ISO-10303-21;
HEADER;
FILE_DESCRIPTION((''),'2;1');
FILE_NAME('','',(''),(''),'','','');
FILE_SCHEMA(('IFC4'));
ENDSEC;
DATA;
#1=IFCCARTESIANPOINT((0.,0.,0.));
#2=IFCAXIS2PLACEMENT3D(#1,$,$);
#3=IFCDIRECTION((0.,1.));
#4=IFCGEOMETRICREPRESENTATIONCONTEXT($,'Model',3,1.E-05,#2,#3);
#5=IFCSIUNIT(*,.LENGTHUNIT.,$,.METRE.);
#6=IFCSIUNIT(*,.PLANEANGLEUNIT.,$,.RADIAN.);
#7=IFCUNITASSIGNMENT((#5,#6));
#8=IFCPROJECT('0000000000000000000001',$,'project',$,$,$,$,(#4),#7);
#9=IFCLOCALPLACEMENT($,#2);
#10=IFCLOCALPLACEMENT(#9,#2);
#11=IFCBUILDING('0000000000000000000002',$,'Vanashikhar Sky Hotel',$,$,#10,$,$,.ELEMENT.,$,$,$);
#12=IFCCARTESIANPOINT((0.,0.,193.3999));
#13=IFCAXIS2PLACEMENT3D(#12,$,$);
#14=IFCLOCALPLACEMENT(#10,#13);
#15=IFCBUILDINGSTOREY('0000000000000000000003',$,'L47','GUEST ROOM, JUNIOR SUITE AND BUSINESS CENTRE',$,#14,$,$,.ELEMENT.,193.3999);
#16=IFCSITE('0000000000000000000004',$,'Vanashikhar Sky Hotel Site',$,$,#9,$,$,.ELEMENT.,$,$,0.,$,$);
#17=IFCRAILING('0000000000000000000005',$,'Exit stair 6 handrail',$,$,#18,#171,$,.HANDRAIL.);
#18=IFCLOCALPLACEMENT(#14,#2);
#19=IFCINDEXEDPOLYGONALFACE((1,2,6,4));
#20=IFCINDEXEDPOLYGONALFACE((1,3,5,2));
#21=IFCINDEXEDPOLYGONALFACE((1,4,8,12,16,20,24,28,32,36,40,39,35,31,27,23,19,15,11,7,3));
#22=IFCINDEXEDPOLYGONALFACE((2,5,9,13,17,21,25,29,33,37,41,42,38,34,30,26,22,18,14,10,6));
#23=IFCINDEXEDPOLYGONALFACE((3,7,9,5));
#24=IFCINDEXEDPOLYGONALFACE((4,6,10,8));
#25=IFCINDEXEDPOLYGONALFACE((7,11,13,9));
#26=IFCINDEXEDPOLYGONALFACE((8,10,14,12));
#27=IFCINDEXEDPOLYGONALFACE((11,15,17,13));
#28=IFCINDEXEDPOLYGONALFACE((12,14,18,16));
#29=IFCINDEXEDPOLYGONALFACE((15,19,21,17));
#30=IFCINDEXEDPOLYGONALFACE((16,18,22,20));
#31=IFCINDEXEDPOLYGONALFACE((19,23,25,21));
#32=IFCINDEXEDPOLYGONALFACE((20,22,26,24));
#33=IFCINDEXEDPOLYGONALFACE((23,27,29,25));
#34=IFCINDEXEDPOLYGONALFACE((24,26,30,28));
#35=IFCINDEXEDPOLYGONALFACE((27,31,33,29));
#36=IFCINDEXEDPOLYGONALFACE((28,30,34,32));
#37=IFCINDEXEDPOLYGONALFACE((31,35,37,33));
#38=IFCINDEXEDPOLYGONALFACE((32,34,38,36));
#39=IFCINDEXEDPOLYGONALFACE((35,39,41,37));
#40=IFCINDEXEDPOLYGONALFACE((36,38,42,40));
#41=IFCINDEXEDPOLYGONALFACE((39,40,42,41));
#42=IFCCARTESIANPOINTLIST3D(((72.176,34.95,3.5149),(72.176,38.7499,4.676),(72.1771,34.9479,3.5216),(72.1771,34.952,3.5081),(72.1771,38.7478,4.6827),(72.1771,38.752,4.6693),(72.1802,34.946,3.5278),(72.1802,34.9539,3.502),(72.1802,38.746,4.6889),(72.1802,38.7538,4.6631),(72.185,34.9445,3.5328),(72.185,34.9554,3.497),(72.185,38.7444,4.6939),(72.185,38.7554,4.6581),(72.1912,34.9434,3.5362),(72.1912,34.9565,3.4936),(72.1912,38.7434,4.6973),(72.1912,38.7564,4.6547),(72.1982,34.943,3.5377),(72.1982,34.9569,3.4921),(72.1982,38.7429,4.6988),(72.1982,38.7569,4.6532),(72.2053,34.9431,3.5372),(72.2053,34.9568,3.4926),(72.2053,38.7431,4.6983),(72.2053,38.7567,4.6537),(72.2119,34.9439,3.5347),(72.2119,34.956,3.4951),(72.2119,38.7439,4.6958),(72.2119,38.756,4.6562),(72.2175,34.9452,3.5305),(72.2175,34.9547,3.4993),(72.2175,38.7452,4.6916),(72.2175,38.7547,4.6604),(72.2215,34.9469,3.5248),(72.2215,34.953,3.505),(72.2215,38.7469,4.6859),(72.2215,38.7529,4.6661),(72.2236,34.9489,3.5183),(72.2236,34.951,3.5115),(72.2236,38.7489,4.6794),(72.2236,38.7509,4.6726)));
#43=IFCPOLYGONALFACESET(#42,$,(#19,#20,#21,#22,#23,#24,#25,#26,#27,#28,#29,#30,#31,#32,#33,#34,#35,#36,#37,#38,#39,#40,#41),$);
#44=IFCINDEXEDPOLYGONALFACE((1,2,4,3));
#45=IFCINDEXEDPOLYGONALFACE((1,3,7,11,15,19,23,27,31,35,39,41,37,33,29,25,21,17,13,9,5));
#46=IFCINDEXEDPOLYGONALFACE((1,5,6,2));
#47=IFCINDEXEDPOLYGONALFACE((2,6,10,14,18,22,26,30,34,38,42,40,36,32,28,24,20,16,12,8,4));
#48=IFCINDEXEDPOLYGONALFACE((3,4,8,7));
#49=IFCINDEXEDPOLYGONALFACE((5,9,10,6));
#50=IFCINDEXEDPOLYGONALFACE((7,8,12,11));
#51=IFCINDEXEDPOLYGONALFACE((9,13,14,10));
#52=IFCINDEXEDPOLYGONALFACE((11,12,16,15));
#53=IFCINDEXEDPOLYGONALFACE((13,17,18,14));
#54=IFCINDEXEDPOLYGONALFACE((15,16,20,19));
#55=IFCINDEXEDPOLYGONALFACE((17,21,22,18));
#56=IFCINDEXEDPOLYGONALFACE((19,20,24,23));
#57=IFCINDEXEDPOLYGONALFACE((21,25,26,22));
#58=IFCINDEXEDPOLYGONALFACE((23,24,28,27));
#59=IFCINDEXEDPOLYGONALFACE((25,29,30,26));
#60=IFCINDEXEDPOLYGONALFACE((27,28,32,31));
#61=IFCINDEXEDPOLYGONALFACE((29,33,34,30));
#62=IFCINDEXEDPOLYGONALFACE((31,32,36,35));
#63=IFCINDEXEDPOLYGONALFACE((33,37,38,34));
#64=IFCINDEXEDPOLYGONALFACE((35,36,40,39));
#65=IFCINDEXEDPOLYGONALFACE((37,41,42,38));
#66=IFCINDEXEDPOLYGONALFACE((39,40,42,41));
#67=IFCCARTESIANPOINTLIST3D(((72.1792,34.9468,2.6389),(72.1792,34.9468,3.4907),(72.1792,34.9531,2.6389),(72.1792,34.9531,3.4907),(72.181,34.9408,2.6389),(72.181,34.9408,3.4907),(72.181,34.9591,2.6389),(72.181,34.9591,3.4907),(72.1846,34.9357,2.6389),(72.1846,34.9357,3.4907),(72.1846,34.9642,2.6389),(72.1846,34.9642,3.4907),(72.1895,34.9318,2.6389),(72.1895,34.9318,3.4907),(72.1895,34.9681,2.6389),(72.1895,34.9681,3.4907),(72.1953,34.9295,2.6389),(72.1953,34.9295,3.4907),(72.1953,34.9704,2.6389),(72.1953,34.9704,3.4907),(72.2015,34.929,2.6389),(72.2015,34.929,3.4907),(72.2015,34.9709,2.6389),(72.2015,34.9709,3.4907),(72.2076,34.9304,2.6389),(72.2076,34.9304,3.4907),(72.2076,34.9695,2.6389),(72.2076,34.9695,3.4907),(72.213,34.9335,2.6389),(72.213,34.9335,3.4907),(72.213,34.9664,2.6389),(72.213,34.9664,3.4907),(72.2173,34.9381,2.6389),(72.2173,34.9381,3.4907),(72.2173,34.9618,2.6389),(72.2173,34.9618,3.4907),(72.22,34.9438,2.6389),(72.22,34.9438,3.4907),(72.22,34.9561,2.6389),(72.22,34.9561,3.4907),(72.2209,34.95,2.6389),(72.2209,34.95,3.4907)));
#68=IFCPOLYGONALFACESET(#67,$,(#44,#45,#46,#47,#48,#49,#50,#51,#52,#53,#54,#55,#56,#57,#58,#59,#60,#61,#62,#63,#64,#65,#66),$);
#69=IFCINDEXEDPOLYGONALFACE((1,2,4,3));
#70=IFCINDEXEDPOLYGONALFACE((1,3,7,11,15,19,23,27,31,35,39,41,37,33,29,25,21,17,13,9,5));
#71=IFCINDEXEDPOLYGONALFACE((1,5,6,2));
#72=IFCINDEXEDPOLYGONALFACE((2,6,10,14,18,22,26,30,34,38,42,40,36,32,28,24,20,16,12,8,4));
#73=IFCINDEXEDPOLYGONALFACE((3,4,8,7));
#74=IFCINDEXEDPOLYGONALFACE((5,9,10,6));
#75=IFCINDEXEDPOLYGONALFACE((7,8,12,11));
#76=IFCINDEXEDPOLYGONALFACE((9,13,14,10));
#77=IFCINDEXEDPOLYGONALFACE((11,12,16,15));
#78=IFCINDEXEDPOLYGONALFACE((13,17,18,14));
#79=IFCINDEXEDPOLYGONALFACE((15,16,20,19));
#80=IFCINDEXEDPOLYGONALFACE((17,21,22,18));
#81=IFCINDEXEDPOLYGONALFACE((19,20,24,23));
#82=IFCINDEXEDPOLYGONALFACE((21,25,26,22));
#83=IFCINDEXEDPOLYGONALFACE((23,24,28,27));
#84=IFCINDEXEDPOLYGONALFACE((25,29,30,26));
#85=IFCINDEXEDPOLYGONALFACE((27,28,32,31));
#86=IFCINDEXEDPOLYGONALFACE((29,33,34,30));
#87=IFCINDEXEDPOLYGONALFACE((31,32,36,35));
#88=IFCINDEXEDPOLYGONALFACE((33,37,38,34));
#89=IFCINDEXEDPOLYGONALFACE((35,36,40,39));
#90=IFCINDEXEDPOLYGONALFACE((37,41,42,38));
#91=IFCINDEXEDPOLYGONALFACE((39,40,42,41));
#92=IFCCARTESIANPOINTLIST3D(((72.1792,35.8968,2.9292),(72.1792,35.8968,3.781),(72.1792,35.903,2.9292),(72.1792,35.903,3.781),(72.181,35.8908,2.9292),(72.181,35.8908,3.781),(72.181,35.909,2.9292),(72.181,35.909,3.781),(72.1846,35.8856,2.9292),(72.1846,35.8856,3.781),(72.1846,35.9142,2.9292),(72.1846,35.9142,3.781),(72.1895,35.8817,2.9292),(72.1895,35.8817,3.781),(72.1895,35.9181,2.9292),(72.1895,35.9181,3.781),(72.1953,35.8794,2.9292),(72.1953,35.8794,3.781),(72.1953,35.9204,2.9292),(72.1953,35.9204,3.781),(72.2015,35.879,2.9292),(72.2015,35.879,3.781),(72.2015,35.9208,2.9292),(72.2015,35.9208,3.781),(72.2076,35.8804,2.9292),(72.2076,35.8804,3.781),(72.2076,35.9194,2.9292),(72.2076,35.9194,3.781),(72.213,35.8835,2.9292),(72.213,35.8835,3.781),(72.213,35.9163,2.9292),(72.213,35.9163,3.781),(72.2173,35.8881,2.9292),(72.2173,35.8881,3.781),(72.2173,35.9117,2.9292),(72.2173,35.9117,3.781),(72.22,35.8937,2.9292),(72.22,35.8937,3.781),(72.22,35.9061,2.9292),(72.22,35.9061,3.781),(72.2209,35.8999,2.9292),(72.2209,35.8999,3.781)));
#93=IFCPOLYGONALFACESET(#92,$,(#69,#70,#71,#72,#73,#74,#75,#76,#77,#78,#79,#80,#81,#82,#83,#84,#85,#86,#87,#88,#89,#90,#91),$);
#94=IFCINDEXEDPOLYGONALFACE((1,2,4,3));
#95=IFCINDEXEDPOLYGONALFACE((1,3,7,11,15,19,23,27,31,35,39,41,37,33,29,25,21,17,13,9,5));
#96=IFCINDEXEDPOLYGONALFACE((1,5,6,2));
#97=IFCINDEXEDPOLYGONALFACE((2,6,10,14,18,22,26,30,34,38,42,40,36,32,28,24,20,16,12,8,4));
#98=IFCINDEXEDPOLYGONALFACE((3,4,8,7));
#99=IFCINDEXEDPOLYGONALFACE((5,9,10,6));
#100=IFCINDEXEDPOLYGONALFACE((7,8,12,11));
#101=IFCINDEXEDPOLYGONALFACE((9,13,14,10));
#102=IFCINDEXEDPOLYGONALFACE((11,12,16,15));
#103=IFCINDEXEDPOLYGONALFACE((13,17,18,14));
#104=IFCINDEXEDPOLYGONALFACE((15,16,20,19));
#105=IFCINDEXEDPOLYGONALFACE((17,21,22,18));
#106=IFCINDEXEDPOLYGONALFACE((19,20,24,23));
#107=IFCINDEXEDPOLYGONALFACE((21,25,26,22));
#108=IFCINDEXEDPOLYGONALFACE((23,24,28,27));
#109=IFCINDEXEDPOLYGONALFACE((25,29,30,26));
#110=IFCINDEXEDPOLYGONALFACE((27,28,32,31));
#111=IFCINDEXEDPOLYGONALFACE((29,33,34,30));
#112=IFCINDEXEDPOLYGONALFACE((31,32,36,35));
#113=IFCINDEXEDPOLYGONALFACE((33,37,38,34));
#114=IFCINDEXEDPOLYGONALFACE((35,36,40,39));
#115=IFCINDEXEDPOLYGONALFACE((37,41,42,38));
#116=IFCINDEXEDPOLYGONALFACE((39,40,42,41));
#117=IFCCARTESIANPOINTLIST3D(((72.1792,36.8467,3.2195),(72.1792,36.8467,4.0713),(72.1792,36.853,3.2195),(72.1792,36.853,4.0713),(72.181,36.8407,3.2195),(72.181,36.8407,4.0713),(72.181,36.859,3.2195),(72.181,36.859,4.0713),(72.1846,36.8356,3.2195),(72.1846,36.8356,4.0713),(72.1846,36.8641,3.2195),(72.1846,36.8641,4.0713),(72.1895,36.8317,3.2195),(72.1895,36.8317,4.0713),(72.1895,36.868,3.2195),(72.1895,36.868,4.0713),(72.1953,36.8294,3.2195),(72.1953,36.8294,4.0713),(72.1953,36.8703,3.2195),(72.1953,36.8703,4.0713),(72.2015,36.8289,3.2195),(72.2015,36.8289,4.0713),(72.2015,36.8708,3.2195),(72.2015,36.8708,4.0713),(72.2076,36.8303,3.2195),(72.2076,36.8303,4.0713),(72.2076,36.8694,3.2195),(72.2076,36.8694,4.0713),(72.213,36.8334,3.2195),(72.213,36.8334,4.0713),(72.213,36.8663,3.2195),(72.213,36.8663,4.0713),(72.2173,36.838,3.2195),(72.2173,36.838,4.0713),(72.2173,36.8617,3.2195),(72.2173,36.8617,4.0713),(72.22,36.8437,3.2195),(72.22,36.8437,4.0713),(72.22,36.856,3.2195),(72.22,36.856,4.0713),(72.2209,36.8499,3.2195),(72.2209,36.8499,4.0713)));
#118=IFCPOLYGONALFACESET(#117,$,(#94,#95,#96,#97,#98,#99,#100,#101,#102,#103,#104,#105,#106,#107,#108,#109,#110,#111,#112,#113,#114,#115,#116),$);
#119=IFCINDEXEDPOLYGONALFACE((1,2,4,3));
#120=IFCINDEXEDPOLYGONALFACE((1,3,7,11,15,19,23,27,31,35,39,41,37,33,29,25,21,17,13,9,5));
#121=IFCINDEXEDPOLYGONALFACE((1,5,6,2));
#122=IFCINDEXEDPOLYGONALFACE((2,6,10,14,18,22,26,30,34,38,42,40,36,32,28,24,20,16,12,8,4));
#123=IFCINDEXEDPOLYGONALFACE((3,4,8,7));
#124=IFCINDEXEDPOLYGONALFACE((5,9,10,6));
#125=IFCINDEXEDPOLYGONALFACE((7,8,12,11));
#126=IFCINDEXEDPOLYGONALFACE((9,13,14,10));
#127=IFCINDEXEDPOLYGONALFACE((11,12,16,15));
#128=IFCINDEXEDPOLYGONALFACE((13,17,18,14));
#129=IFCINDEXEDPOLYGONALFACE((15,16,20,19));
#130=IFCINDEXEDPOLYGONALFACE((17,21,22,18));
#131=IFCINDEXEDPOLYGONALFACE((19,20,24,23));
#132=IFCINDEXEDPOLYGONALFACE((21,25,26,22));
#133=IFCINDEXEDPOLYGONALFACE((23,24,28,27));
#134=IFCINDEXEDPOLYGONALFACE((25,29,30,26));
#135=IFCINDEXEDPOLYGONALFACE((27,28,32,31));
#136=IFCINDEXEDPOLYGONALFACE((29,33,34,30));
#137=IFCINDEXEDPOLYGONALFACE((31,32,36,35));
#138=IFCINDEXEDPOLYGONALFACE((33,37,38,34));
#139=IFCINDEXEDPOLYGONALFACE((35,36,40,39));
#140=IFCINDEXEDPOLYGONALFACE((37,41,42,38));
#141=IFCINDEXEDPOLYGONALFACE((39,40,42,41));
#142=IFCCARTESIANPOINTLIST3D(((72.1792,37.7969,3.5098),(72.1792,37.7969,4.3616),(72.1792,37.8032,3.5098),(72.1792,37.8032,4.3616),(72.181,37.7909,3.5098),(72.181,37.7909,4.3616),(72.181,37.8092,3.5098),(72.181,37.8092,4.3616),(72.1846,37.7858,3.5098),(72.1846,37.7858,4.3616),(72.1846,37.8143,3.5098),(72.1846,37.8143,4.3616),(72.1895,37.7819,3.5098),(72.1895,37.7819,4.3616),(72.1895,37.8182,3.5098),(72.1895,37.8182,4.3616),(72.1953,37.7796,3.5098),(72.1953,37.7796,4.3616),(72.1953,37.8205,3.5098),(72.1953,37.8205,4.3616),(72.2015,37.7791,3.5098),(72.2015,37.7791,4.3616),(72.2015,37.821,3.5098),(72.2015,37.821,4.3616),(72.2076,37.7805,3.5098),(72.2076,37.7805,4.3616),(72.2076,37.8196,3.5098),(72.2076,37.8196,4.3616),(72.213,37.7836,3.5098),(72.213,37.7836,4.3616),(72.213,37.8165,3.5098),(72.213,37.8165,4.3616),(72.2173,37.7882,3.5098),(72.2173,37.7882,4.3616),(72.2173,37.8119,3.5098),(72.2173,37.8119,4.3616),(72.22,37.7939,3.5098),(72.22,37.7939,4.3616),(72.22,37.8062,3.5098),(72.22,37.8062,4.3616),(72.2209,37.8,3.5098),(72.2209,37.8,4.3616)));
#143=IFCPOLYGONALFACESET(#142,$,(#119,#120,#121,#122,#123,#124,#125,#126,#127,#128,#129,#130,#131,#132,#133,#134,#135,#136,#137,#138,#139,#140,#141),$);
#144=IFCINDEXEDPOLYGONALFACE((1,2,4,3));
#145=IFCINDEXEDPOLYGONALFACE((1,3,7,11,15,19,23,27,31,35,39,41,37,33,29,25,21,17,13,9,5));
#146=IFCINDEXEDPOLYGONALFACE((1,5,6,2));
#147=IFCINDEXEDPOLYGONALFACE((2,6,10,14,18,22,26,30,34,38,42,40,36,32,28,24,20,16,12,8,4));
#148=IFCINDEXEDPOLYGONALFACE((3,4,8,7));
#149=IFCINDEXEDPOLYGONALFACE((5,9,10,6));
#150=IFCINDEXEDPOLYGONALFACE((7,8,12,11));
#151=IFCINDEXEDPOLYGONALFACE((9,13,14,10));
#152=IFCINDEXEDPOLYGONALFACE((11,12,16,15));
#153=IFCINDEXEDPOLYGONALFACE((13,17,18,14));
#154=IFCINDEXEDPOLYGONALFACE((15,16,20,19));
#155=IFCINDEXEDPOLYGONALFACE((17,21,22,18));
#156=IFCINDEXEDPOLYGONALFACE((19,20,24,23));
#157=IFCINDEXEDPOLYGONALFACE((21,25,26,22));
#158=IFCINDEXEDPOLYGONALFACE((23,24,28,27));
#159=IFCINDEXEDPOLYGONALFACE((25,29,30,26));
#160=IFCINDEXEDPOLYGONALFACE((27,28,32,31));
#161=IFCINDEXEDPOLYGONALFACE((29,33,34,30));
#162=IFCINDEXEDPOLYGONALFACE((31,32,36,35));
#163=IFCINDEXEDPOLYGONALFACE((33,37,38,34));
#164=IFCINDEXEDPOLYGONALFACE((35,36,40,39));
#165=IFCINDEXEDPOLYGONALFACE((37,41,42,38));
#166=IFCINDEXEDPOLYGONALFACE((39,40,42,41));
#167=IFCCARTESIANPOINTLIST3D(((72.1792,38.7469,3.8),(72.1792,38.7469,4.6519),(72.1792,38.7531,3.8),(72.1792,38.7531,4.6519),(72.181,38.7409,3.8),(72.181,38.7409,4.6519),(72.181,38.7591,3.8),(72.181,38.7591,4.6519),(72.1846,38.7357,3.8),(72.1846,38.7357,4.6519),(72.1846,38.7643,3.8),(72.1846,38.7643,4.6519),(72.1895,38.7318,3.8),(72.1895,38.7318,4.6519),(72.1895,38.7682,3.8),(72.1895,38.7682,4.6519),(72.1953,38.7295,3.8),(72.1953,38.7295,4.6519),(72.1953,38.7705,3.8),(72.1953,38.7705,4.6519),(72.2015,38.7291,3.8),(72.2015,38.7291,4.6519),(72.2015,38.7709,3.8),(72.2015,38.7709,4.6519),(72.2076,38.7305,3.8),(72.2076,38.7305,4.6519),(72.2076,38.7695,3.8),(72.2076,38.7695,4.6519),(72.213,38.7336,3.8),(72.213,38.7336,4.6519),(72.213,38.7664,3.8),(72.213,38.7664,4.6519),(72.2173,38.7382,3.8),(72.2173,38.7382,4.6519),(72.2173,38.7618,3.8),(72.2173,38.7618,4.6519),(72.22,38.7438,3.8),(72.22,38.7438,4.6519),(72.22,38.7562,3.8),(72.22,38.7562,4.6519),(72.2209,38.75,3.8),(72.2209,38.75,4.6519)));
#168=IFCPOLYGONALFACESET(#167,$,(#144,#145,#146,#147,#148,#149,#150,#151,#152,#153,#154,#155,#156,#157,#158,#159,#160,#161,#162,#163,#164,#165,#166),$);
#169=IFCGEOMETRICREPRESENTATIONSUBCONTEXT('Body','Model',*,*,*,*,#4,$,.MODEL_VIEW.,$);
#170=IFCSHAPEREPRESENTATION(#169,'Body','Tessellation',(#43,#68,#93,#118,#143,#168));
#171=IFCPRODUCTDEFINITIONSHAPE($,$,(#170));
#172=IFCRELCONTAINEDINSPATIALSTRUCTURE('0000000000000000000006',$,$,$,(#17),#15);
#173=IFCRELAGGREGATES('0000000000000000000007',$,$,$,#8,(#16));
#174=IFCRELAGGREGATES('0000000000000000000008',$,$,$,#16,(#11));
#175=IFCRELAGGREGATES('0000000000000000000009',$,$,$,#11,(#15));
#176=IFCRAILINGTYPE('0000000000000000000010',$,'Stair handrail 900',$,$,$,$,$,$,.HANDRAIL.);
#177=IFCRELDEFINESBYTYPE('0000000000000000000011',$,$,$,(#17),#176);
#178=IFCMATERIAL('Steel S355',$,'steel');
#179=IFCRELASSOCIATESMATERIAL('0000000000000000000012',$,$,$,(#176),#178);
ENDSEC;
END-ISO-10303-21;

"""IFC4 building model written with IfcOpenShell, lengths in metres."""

from ifc_helpers import new_model, si_unit, direction, frame, origin, origin_2d, place, context, subcontext, project, spatial, circle, extrude, source, transform, mapped, material, type_object, element, save


model = new_model("IFC4")

# Units and contexts
model_context = context("Model", 3, precision=1e-05, world=origin(), true_north=direction((0.0, 1.0)))
body_context = subcontext(model_context, "Body", "Model", "MODEL_VIEW")
ifc_project = project(units=[si_unit("LENGTHUNIT", "METRE"), si_unit("PLANEANGLEUNIT", "RADIAN")], contexts=[model_context])

# Site, building, storey
site_placement = place(None, origin())
site = spatial("IfcSite", under=ifc_project, at=site_placement, Name="Vanashikhar Sky Hotel Site", CompositionType="ELEMENT", RefElevation=0.0)
building_placement = place(site_placement, origin())
building = spatial("IfcBuilding", under=site, at=building_placement, Name="Vanashikhar Sky Hotel", CompositionType="ELEMENT")
storey_placement = place(building_placement, frame((0.0, 0.0, 193.3999)))
storey = spatial("IfcBuildingStorey", under=building, at=storey_placement, Name="L47", Description="GUEST ROOM, JUNIOR SUITE AND BUSINESS CENTRE", CompositionType="ELEMENT", Elevation=193.3999)

# Railing
ifc_material_1 = material(Name="Steel S355", Category="steel")
railing_type_1 = type_object("IfcRailingType", Name="Stair handrail 900", PredefinedType="HANDRAIL", material=ifc_material_1)
shared_shape_1 = source(origin(), body_context, "Body", "SweptSolid", [
    extrude(circle(Radius=0.0239, at=origin_2d()), frame((0.0, 0.0, 0.876), z_axis=(0.0, 0.956351, 0.29222), x_axis=(-1.0, 0.0, 0.0)), (0.0, 0.0, 1.0), 3.9734),
    extrude(circle(Radius=0.021, at=origin_2d()), origin(), (0.0, 0.0, 1.0), 0.8518),
    extrude(circle(Radius=0.021, at=origin_2d()), frame((0.0, 0.95, 0.2903)), (0.0, 0.0, 1.0), 0.8518),
    extrude(circle(Radius=0.021, at=origin_2d()), frame((0.0, 1.8999, 0.5806)), (0.0, 0.0, 1.0), 0.8518),
    extrude(circle(Radius=0.021, at=origin_2d()), frame((0.0, 2.8501, 0.8708)), (0.0, 0.0, 1.0), 0.8518),
    extrude(circle(Radius=0.021, at=origin_2d()), frame((0.0, 3.8, 1.1611)), (0.0, 0.0, 1.0), 0.8518),
])
for number, where, name in (
    (1, (72.2, 34.95, 2.6389), "Exit stair 6 handrail"),
):
    element("IfcRailing", number, at=place(storey_placement, frame(where)), inside=storey, type_object=railing_type_1, Name=name, PredefinedType="HANDRAIL", context=body_context, shape_type="MappedRepresentation", body=[
        mapped(shared_shape_1, transform((0.0, 0.0, 0.0), scale=1.0)),
    ])

save(model, "model.ifc")
